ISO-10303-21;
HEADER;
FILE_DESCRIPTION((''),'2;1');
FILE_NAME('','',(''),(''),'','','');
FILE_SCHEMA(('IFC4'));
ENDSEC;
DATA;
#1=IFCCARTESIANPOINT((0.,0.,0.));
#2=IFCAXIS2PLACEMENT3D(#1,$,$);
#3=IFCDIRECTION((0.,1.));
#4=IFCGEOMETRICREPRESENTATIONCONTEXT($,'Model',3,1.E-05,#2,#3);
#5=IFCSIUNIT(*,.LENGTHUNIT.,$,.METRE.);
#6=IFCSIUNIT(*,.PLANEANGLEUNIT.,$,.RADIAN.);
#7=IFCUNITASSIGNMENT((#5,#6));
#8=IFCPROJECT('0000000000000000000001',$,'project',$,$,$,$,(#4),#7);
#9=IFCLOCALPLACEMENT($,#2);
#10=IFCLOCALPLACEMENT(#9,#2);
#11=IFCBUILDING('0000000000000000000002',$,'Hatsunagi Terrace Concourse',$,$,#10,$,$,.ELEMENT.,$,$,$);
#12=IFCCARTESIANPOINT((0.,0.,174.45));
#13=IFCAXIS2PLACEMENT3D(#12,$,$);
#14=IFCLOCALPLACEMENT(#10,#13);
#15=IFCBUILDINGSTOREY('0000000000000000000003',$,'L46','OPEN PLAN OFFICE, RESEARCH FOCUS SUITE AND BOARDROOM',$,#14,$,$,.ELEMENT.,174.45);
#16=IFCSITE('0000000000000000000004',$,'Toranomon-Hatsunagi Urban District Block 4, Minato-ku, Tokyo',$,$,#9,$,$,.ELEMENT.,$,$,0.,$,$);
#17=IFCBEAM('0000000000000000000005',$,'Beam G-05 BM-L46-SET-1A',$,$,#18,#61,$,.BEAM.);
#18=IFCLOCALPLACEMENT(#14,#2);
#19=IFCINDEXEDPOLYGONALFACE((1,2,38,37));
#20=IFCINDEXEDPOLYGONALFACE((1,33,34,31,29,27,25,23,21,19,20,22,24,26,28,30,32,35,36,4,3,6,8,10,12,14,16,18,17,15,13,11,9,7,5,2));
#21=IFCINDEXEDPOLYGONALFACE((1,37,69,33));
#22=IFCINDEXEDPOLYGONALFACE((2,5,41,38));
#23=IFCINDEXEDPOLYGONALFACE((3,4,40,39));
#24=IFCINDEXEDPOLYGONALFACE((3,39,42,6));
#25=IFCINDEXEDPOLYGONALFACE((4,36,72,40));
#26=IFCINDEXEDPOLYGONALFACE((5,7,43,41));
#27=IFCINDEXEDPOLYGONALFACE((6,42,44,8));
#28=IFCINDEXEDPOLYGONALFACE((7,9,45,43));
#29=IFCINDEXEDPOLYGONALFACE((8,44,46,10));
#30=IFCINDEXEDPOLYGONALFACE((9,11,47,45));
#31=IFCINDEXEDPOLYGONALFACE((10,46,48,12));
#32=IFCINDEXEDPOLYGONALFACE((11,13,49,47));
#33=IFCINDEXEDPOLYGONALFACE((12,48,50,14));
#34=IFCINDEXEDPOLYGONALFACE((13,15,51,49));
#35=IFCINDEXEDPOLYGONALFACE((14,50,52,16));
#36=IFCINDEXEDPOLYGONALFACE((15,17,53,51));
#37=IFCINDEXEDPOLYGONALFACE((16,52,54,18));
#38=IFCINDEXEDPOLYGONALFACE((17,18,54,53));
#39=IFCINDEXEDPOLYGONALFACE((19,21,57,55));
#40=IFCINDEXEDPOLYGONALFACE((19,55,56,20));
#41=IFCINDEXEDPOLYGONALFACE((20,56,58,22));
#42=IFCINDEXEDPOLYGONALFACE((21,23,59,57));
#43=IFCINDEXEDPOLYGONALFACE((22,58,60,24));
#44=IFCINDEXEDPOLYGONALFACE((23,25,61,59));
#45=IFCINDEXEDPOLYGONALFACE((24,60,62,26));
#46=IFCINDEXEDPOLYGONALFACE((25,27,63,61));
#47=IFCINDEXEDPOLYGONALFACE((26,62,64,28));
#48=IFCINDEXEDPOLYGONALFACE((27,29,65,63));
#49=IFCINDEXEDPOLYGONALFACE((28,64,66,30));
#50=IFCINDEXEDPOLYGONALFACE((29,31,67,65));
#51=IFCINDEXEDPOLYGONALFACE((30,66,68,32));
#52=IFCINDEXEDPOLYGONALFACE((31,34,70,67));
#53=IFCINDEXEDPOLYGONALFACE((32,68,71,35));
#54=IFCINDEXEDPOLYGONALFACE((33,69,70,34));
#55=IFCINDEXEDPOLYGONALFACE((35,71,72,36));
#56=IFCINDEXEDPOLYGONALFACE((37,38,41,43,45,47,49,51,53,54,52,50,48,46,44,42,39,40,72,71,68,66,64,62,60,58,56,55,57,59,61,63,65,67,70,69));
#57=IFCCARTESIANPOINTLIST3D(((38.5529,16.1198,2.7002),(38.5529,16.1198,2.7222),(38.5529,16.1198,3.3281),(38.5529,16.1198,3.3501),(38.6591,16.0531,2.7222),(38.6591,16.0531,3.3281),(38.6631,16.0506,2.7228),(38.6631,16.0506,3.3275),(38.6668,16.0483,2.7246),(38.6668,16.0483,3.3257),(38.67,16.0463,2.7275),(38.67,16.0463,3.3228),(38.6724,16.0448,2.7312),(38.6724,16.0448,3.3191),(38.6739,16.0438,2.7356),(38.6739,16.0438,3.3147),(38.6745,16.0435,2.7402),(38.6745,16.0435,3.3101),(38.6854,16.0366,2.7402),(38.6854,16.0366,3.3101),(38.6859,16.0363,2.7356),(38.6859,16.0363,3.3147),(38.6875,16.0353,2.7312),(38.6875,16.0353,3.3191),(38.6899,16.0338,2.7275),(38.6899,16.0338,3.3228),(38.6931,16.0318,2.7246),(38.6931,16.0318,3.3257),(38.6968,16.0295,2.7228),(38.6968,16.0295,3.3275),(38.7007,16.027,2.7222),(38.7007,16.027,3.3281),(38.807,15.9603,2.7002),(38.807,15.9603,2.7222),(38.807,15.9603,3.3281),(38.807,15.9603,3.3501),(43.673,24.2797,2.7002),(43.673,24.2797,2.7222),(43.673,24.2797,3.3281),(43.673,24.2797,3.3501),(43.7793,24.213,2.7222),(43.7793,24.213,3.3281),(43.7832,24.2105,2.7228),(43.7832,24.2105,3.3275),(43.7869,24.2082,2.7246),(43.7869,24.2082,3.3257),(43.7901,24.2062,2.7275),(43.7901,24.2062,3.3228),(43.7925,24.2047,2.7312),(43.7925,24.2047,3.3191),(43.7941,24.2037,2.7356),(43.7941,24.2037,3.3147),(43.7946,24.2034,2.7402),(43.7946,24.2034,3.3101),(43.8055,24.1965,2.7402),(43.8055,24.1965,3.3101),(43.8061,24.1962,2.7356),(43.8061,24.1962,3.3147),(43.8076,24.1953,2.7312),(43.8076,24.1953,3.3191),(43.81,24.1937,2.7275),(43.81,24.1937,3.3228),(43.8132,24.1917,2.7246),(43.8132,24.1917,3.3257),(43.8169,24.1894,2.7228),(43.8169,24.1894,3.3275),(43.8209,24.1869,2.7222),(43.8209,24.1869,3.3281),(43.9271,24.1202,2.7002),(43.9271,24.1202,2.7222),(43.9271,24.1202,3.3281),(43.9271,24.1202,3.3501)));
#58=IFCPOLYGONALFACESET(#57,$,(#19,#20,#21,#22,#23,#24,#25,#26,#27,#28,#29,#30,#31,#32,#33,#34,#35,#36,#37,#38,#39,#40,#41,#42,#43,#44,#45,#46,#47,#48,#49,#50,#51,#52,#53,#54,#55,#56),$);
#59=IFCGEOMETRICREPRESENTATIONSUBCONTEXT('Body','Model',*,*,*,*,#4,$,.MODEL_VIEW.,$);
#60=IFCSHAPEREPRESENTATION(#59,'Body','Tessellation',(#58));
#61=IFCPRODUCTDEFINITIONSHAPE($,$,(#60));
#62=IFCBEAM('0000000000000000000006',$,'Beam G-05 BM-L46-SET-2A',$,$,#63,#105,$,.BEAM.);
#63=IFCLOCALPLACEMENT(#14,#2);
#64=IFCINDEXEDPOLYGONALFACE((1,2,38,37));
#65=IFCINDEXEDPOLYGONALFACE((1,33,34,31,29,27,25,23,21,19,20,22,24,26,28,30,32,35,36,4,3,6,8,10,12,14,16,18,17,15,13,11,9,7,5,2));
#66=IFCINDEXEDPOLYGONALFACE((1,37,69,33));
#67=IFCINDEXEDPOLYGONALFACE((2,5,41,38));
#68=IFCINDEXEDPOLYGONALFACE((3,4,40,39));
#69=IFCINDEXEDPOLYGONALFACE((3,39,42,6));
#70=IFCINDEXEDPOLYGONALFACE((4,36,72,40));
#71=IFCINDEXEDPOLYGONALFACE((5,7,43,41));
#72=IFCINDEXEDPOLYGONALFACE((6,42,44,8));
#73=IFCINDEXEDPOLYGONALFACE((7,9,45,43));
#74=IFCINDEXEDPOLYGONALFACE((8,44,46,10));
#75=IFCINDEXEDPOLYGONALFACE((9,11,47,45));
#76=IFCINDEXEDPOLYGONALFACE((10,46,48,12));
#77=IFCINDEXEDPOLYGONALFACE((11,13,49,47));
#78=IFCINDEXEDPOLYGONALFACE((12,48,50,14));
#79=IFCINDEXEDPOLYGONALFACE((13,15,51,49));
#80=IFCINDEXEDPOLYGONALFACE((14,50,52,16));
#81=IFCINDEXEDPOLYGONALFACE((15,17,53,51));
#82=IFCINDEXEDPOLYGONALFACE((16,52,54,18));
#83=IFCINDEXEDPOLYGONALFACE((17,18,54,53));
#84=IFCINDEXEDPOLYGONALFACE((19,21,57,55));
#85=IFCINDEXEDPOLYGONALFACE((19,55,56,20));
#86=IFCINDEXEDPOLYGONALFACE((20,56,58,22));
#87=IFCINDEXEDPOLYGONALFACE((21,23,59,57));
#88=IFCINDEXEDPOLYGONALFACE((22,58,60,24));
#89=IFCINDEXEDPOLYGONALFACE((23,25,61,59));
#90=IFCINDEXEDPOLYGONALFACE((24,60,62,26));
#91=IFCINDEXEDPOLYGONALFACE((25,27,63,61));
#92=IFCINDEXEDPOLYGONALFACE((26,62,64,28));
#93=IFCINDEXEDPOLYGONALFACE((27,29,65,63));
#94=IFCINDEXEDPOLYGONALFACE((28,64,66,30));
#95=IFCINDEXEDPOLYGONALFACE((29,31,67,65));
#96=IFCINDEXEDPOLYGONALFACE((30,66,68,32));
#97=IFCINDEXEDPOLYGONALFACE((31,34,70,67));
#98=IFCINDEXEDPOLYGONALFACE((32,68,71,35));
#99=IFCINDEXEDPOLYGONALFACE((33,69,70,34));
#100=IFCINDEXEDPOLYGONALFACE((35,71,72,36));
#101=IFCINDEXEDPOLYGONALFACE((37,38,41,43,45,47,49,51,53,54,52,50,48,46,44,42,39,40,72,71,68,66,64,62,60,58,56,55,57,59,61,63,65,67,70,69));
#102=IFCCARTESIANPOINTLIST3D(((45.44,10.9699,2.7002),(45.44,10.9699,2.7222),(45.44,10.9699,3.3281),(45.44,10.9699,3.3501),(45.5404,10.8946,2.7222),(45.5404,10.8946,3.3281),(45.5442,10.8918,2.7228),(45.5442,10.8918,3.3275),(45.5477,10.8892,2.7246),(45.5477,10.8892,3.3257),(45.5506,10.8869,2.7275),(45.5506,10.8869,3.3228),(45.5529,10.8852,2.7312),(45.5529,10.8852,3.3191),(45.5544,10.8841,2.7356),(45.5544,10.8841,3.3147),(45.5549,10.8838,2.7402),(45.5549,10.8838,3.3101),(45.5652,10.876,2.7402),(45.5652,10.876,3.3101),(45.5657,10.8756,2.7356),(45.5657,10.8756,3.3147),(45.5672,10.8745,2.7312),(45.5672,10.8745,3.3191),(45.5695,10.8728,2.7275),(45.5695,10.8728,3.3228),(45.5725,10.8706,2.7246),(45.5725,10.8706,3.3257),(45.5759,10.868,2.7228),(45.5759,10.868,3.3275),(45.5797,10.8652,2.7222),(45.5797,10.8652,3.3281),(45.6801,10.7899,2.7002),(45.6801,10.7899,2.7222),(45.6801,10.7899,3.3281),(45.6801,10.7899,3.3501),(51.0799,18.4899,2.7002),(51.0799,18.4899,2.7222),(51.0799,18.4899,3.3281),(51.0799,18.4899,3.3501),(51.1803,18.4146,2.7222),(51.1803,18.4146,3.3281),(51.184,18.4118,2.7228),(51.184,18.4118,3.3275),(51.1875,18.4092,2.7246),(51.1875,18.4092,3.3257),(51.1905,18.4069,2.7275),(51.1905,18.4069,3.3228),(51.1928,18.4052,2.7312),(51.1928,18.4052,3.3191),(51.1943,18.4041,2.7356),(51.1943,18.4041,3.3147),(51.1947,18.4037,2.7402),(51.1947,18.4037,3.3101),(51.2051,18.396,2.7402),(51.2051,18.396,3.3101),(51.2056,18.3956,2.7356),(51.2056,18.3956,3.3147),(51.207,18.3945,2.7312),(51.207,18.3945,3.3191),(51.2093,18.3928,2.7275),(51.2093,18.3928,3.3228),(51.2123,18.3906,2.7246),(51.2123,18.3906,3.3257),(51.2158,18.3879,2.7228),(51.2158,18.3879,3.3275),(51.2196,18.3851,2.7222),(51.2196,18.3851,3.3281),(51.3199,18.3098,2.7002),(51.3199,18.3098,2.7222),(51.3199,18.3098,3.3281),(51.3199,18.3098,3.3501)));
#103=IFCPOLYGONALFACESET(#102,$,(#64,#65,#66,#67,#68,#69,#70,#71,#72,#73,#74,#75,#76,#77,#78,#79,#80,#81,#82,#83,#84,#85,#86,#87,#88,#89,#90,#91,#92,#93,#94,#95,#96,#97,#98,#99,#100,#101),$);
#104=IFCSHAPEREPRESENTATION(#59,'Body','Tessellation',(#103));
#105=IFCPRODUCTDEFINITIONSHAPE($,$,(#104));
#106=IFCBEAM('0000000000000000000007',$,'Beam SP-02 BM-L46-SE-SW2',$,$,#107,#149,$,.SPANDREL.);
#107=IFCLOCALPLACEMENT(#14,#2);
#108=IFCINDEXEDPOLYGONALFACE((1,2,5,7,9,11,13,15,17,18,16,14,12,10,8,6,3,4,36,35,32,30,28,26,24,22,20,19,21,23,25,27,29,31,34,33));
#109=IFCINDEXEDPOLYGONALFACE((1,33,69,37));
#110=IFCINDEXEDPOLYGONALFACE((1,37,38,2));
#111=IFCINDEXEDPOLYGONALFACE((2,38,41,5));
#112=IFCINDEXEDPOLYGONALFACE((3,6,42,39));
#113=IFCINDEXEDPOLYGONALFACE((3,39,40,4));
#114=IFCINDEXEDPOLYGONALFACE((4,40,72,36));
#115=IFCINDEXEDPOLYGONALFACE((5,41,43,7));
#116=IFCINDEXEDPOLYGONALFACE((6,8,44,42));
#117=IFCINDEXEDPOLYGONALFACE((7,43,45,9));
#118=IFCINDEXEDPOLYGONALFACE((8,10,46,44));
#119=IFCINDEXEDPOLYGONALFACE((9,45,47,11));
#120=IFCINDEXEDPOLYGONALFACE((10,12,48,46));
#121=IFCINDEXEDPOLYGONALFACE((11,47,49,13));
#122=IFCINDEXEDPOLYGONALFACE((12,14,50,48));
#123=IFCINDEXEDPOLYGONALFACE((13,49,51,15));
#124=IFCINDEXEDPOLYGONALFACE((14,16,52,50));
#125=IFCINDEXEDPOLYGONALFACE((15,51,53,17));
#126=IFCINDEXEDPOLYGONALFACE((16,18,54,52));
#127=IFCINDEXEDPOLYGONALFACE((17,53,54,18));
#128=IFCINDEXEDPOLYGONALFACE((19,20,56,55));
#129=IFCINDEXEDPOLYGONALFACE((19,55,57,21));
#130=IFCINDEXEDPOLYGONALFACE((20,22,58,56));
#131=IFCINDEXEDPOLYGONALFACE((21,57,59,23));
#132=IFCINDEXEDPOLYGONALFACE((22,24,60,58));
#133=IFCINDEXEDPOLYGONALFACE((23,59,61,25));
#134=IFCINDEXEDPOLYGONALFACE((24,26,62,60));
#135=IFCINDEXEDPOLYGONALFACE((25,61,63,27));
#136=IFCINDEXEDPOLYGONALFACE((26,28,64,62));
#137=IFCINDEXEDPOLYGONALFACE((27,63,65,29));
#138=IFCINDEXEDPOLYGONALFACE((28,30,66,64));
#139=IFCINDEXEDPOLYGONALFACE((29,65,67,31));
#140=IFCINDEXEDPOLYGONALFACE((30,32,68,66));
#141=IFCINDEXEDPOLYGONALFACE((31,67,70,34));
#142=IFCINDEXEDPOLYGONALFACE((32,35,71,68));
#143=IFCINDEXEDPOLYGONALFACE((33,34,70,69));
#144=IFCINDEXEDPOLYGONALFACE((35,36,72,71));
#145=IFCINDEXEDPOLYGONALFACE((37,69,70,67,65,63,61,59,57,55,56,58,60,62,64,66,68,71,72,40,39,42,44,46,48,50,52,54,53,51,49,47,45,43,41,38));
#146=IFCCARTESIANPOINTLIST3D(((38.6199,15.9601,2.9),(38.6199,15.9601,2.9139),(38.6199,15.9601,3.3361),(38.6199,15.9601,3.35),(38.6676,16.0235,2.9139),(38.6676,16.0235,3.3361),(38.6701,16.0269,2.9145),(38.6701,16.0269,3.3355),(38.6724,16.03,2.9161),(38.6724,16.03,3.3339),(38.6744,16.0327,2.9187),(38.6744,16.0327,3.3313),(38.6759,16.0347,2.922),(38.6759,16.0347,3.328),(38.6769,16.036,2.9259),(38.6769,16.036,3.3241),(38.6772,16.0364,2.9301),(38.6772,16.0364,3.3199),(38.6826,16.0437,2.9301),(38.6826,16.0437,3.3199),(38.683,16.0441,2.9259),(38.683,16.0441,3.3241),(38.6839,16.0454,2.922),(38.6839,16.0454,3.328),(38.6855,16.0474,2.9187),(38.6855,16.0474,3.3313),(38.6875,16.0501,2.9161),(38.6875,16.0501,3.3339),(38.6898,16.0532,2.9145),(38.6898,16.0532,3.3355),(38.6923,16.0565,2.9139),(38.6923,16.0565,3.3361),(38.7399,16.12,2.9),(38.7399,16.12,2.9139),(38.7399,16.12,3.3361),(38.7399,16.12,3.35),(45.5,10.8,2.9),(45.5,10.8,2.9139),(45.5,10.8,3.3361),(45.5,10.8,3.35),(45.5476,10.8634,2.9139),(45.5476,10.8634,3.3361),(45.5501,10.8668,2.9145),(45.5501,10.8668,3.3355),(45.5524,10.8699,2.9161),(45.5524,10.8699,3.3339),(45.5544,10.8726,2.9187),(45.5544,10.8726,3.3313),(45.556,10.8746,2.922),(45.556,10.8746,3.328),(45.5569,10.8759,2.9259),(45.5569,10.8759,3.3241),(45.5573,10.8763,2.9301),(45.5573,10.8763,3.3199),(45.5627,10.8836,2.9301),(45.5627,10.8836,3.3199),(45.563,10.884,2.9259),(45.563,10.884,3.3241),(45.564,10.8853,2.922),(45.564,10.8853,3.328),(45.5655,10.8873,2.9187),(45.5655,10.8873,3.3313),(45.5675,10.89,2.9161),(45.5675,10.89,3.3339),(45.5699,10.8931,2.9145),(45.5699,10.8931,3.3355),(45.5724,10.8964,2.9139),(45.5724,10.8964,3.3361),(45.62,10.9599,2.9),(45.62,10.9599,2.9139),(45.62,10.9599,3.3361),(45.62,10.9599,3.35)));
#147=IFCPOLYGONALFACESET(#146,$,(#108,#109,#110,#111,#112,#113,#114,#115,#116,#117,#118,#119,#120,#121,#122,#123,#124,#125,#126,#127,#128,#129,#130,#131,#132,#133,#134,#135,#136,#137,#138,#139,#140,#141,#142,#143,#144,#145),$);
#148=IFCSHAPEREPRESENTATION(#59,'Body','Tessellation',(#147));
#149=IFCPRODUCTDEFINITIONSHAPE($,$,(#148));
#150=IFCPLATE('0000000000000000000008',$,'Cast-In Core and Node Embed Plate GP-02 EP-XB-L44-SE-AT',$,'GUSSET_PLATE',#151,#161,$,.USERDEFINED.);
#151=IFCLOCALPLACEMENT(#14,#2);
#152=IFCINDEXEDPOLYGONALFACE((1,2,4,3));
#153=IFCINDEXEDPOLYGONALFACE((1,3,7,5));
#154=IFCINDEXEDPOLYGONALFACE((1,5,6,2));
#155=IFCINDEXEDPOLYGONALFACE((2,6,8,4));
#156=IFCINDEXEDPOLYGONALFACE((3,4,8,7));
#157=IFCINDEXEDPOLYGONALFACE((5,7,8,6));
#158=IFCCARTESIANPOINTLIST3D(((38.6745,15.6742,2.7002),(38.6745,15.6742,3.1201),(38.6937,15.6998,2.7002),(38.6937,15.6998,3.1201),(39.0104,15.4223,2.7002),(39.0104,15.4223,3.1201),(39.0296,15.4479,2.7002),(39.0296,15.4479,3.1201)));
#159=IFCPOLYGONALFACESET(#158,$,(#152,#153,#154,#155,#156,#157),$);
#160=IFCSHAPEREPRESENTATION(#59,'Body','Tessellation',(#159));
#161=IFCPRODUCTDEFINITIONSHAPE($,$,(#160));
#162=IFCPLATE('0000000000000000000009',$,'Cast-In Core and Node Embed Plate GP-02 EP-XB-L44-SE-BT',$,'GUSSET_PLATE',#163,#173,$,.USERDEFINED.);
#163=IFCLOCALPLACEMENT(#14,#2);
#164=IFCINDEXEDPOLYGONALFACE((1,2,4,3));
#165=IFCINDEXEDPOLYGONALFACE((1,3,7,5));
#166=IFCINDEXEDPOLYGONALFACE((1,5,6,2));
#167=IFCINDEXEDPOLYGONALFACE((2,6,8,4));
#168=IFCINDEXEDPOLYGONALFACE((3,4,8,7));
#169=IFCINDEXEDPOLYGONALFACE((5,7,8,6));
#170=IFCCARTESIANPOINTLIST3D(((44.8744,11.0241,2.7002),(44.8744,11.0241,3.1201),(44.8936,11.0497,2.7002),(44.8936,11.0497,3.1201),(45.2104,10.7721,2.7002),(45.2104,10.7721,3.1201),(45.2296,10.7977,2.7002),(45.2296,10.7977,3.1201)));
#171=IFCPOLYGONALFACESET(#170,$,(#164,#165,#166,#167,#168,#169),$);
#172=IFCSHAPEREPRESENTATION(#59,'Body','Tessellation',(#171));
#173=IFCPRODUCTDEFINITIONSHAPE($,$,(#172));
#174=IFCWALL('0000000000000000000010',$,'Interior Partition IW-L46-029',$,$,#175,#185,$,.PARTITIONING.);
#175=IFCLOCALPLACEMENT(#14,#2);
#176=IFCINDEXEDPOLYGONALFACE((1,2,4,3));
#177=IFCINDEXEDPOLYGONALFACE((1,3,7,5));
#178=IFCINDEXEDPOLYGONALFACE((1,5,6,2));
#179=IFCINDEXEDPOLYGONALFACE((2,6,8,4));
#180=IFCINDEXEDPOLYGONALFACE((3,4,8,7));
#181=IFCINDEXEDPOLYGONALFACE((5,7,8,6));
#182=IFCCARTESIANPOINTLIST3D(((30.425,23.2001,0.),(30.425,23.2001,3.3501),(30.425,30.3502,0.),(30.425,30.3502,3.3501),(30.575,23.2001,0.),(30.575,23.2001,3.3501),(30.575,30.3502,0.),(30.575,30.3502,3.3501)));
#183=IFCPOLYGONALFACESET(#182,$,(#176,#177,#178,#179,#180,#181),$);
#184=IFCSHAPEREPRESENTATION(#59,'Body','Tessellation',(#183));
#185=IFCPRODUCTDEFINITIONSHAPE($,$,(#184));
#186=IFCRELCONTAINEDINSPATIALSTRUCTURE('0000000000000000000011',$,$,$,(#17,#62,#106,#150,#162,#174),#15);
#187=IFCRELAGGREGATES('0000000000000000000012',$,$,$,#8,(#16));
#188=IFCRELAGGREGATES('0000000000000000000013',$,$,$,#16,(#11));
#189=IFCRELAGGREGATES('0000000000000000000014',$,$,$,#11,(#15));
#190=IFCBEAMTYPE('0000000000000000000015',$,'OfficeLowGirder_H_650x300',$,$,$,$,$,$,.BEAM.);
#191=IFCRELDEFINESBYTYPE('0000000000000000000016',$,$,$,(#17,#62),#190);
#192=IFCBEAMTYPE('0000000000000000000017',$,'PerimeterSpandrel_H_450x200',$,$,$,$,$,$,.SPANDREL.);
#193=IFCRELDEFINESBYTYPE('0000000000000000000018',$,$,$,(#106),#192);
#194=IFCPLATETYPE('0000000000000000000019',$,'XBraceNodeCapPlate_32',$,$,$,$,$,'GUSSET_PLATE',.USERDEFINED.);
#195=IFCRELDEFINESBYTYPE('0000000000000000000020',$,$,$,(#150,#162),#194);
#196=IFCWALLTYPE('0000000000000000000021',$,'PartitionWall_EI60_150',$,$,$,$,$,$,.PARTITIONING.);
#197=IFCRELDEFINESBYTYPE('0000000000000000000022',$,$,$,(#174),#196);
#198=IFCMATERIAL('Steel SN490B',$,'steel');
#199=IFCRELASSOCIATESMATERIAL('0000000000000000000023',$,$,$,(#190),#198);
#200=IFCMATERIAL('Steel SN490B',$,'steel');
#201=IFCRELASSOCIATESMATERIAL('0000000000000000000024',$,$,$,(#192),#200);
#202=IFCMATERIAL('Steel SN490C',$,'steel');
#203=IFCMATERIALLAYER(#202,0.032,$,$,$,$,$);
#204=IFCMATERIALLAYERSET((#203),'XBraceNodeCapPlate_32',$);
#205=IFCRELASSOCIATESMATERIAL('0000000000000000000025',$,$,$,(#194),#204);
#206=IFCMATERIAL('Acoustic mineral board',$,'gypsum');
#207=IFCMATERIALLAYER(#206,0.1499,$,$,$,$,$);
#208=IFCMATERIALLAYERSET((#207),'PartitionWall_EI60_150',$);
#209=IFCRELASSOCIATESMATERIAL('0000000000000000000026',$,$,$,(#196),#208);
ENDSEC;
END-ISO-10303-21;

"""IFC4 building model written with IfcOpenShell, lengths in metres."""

from ifc_helpers import new_model, si_unit, direction, frame, frame_2d, origin, origin_2d, place, context, subcontext, project, spatial, rectangle, i_section, extrude, material, layer, layer_set, material_profile, profile_set, type_object, element, save


model = new_model("IFC4")

# Units and contexts
model_context = context("Model", 3, precision=1e-05, world=origin(), true_north=direction((0.0, 1.0)))
body_context = subcontext(model_context, "Body", "Model", "MODEL_VIEW")
ifc_project = project(units=[si_unit("LENGTHUNIT", "METRE"), si_unit("PLANEANGLEUNIT", "RADIAN")], contexts=[model_context])

# Site, building, storey
site_placement = place(None, origin())
site = spatial("IfcSite", under=ifc_project, at=site_placement, Name="Toranomon-Hatsunagi Urban District Block 4, Minato-ku, Tokyo", CompositionType="ELEMENT", RefElevation=0.0)
building_placement = place(site_placement, origin())
building = spatial("IfcBuilding", under=site, at=building_placement, Name="Hatsunagi Terrace Concourse", CompositionType="ELEMENT")
storey_placement = place(building_placement, frame((0.0, 0.0, 174.45)))
storey = spatial("IfcBuildingStorey", under=building, at=storey_placement, Name="L46", Description="OPEN PLAN OFFICE, RESEARCH FOCUS SUITE AND BOARDROOM", CompositionType="ELEMENT", Elevation=174.45)

# Beams
ifc_material_1 = material(Name="Steel SN490B", Category="steel")
ifc_material_profile_1 = material_profile(ifc_material_1, i_section(OverallWidth=0.3, OverallDepth=0.6499, WebThickness=0.0129, FlangeThickness=0.022, FilletRadius=0.0181, at=origin_2d()), Name="H-650x300x13x22")
ifc_profile_set_1 = profile_set([ifc_material_profile_1], Name="Steel SN490B")
beam_type_1 = type_object("IfcBeamType", Name="OfficeLowGirder_H_650x300", PredefinedType="BEAM", material=ifc_profile_set_1)
beam_1_placement = place(storey_placement, frame((38.6799, 16.04, 3.0251), z_axis=(0.531504, 0.847056, 0.0), x_axis=(-0.847056, 0.531504, 0.0)))
element("IfcBeam", 1, at=beam_1_placement, inside=storey, type_object=beam_type_1, Name="Beam G-05 BM-L46-SET-1A", PredefinedType="BEAM", context=body_context, shape_type="SweptSolid", body=[
    extrude(i_section(OverallWidth=0.3, OverallDepth=0.6499, WebThickness=0.0129, FlangeThickness=0.022, FilletRadius=0.0181, at=origin_2d()), origin(), (0.0, 0.0, 1.0), 9.6333),
])
beam_2_placement = place(storey_placement, frame((45.5601, 10.8799, 3.0251), z_axis=(0.599992, 0.800006, 0.0), x_axis=(-0.800006, 0.599992, 0.0)))
element("IfcBeam", 2, at=beam_2_placement, inside=storey, type_object=beam_type_1, Name="Beam G-05 BM-L46-SET-2A", PredefinedType="BEAM", context=body_context, shape_type="SweptSolid", body=[
    extrude(i_section(OverallWidth=0.3, OverallDepth=0.6499, WebThickness=0.0129, FlangeThickness=0.022, FilletRadius=0.0181, at=origin_2d()), origin(), (0.0, 0.0, 1.0), 9.3999),
])
ifc_material_2 = material(Name="Steel SN490B", Category="steel")
ifc_material_profile_2 = material_profile(ifc_material_2, i_section(OverallWidth=0.2, OverallDepth=0.45, WebThickness=0.009, FlangeThickness=0.0139, FilletRadius=0.0161, at=origin_2d()), Name="H-450x200x9x14")
ifc_profile_set_2 = profile_set([ifc_material_profile_2], Name="Steel SN490B")
beam_type_2 = type_object("IfcBeamType", Name="PerimeterSpandrel_H_450x200", PredefinedType="SPANDREL", material=ifc_profile_set_2)
beam_3_placement = place(storey_placement, frame((38.6799, 16.04, 3.125), z_axis=(0.799997, -0.600005, 0.0), x_axis=(0.600005, 0.799997, 0.0)))
element("IfcBeam", 3, at=beam_3_placement, inside=storey, type_object=beam_type_2, Name="Beam SP-02 BM-L46-SE-SW2", PredefinedType="SPANDREL", context=body_context, shape_type="SweptSolid", body=[
    extrude(i_section(OverallWidth=0.2, OverallDepth=0.45, WebThickness=0.009, FlangeThickness=0.0139, FilletRadius=0.0161, at=origin_2d()), origin(), (0.0, 0.0, 1.0), 8.6001),
])

# Plates
ifc_material_3 = material(Name="Steel SN490C", Category="steel")
ifc_layer_1 = layer(ifc_material_3, 0.032)
ifc_layer_set_1 = layer_set([ifc_layer_1], Name="XBraceNodeCapPlate_32")
plate_type = type_object("IfcPlateType", Name="XBraceNodeCapPlate_32", ElementType="GUSSET_PLATE", PredefinedType="USERDEFINED", material=ifc_layer_set_1)
for number, where, z_axis, x_axis, name in (
    (4, (38.8521, 15.561, 2.7002), (0.0, 0.0, 1.0), (0.8, -0.6, 0.0), "Cast-In Core and Node Embed Plate GP-02 EP-XB-L44-SE-AT"),
    (5, (45.052, 10.9109, 2.7002), (0.0, 0.0, 1.0), (0.8, -0.6, 0.0), "Cast-In Core and Node Embed Plate GP-02 EP-XB-L44-SE-BT"),
):
    element("IfcPlate", number, at=place(storey_placement, frame(where, z_axis=z_axis, x_axis=x_axis)), inside=storey, type_object=plate_type, Name=name, ObjectType="GUSSET_PLATE", PredefinedType="USERDEFINED", context=body_context, shape_type="SweptSolid", body=[
        extrude(rectangle(XDim=0.4199, YDim=0.032, at=origin_2d()), origin(), (0.0, 0.0, 1.0), 0.4199),
    ])

# Wall
ifc_material_4 = material(Name="Acoustic mineral board", Category="gypsum")
ifc_layer_2 = layer(ifc_material_4, 0.1499)
ifc_layer_set_2 = layer_set([ifc_layer_2], Name="PartitionWall_EI60_150")
wall_type_1 = type_object("IfcWallType", Name="PartitionWall_EI60_150", PredefinedType="PARTITIONING", material=ifc_layer_set_2)
wall_1_placement = place(storey_placement, frame((30.5, 23.2, 0.0), z_axis=(0.0, 0.0, 1.0), x_axis=(0.0, 1.0, 0.0)))
element("IfcWall", 6, at=wall_1_placement, inside=storey, type_object=wall_type_1, Name="Interior Partition IW-L46-029", PredefinedType="PARTITIONING", context=body_context, shape_type="SweptSolid", body=[
    extrude(rectangle(XDim=7.1501, YDim=0.1499, at=frame_2d((3.5752, 0.0))), origin(), (0.0, 0.0, 1.0), 3.3501),
])

save(model, "model.ifc")
